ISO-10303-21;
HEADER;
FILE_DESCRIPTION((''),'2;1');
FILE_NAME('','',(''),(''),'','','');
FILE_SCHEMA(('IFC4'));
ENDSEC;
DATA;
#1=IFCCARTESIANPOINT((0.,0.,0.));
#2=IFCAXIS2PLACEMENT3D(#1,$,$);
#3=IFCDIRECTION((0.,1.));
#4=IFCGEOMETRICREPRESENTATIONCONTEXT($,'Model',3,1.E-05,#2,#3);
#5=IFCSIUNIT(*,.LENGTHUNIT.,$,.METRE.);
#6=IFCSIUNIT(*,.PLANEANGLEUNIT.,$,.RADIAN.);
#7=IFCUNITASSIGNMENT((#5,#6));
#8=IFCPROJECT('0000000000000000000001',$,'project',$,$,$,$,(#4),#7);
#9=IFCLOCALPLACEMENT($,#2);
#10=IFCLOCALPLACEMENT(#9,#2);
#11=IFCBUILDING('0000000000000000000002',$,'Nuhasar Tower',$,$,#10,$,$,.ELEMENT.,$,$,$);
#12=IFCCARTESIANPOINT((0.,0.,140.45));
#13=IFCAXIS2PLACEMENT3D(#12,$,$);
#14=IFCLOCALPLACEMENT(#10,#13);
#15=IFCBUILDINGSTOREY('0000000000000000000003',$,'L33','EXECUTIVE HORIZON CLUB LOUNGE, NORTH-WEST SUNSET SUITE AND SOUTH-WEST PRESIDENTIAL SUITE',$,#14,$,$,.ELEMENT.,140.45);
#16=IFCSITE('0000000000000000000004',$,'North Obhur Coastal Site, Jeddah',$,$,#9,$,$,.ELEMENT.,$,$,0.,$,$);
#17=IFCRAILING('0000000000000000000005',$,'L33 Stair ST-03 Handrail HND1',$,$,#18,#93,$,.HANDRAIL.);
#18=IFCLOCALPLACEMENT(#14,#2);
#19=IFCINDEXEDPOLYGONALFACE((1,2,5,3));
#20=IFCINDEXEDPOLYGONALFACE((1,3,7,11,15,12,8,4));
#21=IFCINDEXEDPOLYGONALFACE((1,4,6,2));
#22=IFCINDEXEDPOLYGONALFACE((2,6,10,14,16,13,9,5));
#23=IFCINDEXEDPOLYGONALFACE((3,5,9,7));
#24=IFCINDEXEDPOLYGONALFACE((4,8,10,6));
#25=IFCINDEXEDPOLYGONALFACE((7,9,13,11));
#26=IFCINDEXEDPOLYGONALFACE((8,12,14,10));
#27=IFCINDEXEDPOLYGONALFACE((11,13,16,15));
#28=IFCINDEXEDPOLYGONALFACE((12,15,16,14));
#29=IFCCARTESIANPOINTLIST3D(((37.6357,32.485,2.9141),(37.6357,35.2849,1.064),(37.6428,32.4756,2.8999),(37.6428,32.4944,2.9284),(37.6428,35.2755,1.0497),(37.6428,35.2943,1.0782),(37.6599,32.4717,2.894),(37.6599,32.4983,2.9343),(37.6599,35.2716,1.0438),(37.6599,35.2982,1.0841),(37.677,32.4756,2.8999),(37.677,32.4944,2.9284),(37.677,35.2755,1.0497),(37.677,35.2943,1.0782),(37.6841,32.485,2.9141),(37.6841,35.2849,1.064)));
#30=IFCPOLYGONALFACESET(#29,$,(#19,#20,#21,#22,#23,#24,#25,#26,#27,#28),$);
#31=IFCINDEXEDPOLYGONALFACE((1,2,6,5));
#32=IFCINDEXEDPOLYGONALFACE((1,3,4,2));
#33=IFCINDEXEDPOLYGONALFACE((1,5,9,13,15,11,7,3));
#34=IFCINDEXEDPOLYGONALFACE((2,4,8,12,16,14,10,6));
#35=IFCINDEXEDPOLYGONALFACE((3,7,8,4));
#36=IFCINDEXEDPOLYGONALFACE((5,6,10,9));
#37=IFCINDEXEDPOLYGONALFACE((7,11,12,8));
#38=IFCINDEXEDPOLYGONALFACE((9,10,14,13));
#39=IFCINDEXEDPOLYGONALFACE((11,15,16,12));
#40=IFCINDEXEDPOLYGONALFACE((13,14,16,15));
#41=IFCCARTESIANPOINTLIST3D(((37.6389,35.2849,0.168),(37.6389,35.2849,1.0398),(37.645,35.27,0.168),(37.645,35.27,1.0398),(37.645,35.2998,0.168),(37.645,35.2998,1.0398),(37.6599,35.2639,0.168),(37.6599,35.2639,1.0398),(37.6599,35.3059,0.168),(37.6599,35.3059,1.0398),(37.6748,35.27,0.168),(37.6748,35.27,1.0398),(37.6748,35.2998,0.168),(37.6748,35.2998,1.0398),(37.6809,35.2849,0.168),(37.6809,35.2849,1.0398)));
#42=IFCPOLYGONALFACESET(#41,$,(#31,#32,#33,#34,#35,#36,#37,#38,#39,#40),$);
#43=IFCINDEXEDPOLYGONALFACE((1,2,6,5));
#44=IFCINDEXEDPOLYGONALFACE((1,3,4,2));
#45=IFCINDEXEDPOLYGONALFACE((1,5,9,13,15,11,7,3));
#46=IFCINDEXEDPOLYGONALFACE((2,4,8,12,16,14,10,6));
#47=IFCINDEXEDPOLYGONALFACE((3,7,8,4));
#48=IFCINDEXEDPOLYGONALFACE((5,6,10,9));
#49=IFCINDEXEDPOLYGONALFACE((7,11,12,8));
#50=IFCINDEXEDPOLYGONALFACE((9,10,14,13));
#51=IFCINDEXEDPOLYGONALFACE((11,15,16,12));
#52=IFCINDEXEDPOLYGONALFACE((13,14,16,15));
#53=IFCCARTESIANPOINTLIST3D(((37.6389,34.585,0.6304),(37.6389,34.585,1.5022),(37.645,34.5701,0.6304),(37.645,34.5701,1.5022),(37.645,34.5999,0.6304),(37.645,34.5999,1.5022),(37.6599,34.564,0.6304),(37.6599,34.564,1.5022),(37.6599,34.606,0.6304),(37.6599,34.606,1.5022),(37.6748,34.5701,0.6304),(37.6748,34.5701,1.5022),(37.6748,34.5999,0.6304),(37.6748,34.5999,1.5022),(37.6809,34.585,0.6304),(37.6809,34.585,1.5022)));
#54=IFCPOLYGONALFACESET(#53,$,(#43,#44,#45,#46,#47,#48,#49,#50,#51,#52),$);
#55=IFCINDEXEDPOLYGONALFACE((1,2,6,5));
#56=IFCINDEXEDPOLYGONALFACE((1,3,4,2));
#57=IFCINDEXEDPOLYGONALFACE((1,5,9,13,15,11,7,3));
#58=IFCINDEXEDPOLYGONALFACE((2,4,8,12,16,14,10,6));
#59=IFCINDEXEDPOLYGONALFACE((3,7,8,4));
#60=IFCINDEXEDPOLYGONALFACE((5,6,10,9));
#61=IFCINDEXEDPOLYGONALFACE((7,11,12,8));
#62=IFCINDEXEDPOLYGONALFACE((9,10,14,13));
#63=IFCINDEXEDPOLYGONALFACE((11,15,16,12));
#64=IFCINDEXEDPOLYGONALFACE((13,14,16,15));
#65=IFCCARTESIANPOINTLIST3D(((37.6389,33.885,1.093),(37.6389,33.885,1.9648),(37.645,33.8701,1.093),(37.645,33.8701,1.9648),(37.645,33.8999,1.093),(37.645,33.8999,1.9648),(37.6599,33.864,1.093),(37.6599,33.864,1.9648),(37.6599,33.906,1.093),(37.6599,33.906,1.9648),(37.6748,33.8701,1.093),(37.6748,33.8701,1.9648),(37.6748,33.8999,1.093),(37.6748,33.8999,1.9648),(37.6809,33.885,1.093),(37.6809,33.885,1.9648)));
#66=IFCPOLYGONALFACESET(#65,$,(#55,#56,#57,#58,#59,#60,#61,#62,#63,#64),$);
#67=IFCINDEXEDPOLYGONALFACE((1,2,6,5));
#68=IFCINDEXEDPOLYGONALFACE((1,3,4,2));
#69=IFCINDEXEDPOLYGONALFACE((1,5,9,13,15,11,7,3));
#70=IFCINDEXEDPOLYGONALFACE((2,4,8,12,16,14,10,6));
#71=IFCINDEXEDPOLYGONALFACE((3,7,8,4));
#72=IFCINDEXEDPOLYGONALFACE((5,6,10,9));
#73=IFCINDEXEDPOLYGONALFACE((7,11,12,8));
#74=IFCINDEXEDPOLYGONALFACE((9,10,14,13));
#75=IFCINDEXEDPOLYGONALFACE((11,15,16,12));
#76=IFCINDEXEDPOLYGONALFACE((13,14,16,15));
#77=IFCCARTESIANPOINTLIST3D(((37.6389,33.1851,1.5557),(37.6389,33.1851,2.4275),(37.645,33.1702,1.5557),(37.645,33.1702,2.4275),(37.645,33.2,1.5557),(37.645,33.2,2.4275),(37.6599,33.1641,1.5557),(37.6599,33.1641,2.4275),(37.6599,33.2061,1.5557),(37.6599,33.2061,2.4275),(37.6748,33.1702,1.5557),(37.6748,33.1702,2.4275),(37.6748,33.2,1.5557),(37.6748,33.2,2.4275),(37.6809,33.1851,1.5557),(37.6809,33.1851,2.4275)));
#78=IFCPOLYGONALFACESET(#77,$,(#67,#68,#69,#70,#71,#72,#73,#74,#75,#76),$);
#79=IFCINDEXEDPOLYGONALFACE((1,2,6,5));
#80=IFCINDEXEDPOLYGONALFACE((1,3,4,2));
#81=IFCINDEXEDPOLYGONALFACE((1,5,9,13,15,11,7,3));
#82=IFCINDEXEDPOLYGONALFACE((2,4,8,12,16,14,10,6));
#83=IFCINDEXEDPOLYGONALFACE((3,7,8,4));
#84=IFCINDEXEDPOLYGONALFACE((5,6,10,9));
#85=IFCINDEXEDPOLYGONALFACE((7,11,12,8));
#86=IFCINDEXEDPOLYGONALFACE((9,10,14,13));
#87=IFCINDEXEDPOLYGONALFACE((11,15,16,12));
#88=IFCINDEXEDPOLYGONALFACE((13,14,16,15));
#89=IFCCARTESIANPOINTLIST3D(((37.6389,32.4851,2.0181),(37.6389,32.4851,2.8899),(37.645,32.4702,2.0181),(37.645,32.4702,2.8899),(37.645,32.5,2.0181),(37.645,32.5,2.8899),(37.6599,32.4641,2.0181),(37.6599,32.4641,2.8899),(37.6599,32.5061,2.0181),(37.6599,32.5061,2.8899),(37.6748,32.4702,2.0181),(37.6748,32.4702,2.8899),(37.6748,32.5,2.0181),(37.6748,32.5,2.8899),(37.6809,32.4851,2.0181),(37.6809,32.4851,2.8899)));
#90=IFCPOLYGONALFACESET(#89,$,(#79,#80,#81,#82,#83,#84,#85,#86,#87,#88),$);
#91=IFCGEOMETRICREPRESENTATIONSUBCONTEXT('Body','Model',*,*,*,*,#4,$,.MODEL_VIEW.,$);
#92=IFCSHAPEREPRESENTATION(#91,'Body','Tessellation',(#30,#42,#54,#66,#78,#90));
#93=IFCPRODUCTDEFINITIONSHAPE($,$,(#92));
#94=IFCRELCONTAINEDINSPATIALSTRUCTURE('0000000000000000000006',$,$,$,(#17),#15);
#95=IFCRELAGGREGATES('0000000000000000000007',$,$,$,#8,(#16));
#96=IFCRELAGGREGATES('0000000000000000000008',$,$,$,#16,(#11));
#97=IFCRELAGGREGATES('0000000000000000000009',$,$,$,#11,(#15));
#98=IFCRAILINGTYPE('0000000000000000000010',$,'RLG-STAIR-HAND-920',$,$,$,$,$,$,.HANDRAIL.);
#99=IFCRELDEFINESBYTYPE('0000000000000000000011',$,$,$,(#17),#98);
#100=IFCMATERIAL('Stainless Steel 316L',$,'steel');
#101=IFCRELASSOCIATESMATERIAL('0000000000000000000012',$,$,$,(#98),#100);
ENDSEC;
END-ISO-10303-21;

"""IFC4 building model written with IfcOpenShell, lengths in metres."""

from ifc_helpers import new_model, si_unit, direction, frame, origin, place, context, subcontext, project, spatial, polyline, outline, extrude, material, type_object, element, save


model = new_model("IFC4")

# Units and contexts
model_context = context("Model", 3, precision=1e-05, world=origin(), true_north=direction((0.0, 1.0)))
body_context = subcontext(model_context, "Body", "Model", "MODEL_VIEW")
ifc_project = project(units=[si_unit("LENGTHUNIT", "METRE"), si_unit("PLANEANGLEUNIT", "RADIAN")], contexts=[model_context])

# Site, building, storey
site_placement = place(None, origin())
site = spatial("IfcSite", under=ifc_project, at=site_placement, Name="North Obhur Coastal Site, Jeddah", CompositionType="ELEMENT", RefElevation=0.0)
building_placement = place(site_placement, origin())
building = spatial("IfcBuilding", under=site, at=building_placement, Name="Nuhasar Tower", CompositionType="ELEMENT")
storey_placement = place(building_placement, frame((0.0, 0.0, 140.45)))
storey = spatial("IfcBuildingStorey", under=building, at=storey_placement, Name="L33", Description="EXECUTIVE HORIZON CLUB LOUNGE, NORTH-WEST SUNSET SUITE AND SOUTH-WEST PRESIDENTIAL SUITE", CompositionType="ELEMENT", Elevation=140.45)

# Railing
ifc_material_1 = material(Name="Stainless Steel 316L", Category="steel")
railing_type_1 = type_object("IfcRailingType", Name="RLG-STAIR-HAND-920", PredefinedType="HANDRAIL", material=ifc_material_1)
railing_1_placement = place(storey_placement, frame((37.6599, 35.2849, 0.168)))
element("IfcRailing", 1, at=railing_1_placement, inside=storey, type_object=railing_type_1, Name="L33 Stair ST-03 Handrail HND1", PredefinedType="HANDRAIL", context=body_context, shape_type="SweptSolid", body=[
    extrude(outline(polyline([(0.0242, 0.0), (0.0171, 0.0171), (0.0, 0.0242), (-0.0171, 0.0171), (-0.0242, 0.0), (-0.0171, -0.0171), (0.0, -0.0242), (0.0171, -0.0171), (0.0242, 0.0)])), frame((0.0, 0.0, 0.896), z_axis=(0.0, -0.834304, 0.551304), x_axis=(1.0, 0.0, 0.0)), (0.0, 0.0, 1.0), 3.356),
    extrude(outline(polyline([(0.021, 0.0), (0.0149, 0.0149), (0.0, 0.021), (-0.0149, 0.0149), (-0.021, 0.0), (-0.0149, -0.0149), (0.0, -0.021), (0.0149, -0.0149), (0.021, 0.0)])), origin(), (0.0, 0.0, 1.0), 0.8718),
    extrude(outline(polyline([(0.021, 0.0), (0.0149, 0.0149), (0.0, 0.021), (-0.0149, 0.0149), (-0.021, 0.0), (-0.0149, -0.0149), (0.0, -0.021), (0.0149, -0.0149), (0.021, 0.0)])), frame((0.0, -0.7, 0.4624)), (0.0, 0.0, 1.0), 0.8718),
    extrude(outline(polyline([(0.021, 0.0), (0.0149, 0.0149), (0.0, 0.021), (-0.0149, 0.0149), (-0.021, 0.0), (-0.0149, -0.0149), (0.0, -0.021), (0.0149, -0.0149), (0.021, 0.0)])), frame((0.0, -1.3999, 0.925)), (0.0, 0.0, 1.0), 0.8718),
    extrude(outline(polyline([(0.021, 0.0), (0.0149, 0.0149), (0.0, 0.021), (-0.0149, 0.0149), (-0.021, 0.0), (-0.0149, -0.0149), (0.0, -0.021), (0.0149, -0.0149), (0.021, 0.0)])), frame((0.0, -2.0999, 1.3877)), (0.0, 0.0, 1.0), 0.8718),
    extrude(outline(polyline([(0.021, 0.0), (0.0149, 0.0149), (0.0, 0.021), (-0.0149, 0.0149), (-0.021, 0.0), (-0.0149, -0.0149), (0.0, -0.021), (0.0149, -0.0149), (0.021, 0.0)])), frame((0.0, -2.7998, 1.8501)), (0.0, 0.0, 1.0), 0.8718),
])

save(model, "model.ifc")
